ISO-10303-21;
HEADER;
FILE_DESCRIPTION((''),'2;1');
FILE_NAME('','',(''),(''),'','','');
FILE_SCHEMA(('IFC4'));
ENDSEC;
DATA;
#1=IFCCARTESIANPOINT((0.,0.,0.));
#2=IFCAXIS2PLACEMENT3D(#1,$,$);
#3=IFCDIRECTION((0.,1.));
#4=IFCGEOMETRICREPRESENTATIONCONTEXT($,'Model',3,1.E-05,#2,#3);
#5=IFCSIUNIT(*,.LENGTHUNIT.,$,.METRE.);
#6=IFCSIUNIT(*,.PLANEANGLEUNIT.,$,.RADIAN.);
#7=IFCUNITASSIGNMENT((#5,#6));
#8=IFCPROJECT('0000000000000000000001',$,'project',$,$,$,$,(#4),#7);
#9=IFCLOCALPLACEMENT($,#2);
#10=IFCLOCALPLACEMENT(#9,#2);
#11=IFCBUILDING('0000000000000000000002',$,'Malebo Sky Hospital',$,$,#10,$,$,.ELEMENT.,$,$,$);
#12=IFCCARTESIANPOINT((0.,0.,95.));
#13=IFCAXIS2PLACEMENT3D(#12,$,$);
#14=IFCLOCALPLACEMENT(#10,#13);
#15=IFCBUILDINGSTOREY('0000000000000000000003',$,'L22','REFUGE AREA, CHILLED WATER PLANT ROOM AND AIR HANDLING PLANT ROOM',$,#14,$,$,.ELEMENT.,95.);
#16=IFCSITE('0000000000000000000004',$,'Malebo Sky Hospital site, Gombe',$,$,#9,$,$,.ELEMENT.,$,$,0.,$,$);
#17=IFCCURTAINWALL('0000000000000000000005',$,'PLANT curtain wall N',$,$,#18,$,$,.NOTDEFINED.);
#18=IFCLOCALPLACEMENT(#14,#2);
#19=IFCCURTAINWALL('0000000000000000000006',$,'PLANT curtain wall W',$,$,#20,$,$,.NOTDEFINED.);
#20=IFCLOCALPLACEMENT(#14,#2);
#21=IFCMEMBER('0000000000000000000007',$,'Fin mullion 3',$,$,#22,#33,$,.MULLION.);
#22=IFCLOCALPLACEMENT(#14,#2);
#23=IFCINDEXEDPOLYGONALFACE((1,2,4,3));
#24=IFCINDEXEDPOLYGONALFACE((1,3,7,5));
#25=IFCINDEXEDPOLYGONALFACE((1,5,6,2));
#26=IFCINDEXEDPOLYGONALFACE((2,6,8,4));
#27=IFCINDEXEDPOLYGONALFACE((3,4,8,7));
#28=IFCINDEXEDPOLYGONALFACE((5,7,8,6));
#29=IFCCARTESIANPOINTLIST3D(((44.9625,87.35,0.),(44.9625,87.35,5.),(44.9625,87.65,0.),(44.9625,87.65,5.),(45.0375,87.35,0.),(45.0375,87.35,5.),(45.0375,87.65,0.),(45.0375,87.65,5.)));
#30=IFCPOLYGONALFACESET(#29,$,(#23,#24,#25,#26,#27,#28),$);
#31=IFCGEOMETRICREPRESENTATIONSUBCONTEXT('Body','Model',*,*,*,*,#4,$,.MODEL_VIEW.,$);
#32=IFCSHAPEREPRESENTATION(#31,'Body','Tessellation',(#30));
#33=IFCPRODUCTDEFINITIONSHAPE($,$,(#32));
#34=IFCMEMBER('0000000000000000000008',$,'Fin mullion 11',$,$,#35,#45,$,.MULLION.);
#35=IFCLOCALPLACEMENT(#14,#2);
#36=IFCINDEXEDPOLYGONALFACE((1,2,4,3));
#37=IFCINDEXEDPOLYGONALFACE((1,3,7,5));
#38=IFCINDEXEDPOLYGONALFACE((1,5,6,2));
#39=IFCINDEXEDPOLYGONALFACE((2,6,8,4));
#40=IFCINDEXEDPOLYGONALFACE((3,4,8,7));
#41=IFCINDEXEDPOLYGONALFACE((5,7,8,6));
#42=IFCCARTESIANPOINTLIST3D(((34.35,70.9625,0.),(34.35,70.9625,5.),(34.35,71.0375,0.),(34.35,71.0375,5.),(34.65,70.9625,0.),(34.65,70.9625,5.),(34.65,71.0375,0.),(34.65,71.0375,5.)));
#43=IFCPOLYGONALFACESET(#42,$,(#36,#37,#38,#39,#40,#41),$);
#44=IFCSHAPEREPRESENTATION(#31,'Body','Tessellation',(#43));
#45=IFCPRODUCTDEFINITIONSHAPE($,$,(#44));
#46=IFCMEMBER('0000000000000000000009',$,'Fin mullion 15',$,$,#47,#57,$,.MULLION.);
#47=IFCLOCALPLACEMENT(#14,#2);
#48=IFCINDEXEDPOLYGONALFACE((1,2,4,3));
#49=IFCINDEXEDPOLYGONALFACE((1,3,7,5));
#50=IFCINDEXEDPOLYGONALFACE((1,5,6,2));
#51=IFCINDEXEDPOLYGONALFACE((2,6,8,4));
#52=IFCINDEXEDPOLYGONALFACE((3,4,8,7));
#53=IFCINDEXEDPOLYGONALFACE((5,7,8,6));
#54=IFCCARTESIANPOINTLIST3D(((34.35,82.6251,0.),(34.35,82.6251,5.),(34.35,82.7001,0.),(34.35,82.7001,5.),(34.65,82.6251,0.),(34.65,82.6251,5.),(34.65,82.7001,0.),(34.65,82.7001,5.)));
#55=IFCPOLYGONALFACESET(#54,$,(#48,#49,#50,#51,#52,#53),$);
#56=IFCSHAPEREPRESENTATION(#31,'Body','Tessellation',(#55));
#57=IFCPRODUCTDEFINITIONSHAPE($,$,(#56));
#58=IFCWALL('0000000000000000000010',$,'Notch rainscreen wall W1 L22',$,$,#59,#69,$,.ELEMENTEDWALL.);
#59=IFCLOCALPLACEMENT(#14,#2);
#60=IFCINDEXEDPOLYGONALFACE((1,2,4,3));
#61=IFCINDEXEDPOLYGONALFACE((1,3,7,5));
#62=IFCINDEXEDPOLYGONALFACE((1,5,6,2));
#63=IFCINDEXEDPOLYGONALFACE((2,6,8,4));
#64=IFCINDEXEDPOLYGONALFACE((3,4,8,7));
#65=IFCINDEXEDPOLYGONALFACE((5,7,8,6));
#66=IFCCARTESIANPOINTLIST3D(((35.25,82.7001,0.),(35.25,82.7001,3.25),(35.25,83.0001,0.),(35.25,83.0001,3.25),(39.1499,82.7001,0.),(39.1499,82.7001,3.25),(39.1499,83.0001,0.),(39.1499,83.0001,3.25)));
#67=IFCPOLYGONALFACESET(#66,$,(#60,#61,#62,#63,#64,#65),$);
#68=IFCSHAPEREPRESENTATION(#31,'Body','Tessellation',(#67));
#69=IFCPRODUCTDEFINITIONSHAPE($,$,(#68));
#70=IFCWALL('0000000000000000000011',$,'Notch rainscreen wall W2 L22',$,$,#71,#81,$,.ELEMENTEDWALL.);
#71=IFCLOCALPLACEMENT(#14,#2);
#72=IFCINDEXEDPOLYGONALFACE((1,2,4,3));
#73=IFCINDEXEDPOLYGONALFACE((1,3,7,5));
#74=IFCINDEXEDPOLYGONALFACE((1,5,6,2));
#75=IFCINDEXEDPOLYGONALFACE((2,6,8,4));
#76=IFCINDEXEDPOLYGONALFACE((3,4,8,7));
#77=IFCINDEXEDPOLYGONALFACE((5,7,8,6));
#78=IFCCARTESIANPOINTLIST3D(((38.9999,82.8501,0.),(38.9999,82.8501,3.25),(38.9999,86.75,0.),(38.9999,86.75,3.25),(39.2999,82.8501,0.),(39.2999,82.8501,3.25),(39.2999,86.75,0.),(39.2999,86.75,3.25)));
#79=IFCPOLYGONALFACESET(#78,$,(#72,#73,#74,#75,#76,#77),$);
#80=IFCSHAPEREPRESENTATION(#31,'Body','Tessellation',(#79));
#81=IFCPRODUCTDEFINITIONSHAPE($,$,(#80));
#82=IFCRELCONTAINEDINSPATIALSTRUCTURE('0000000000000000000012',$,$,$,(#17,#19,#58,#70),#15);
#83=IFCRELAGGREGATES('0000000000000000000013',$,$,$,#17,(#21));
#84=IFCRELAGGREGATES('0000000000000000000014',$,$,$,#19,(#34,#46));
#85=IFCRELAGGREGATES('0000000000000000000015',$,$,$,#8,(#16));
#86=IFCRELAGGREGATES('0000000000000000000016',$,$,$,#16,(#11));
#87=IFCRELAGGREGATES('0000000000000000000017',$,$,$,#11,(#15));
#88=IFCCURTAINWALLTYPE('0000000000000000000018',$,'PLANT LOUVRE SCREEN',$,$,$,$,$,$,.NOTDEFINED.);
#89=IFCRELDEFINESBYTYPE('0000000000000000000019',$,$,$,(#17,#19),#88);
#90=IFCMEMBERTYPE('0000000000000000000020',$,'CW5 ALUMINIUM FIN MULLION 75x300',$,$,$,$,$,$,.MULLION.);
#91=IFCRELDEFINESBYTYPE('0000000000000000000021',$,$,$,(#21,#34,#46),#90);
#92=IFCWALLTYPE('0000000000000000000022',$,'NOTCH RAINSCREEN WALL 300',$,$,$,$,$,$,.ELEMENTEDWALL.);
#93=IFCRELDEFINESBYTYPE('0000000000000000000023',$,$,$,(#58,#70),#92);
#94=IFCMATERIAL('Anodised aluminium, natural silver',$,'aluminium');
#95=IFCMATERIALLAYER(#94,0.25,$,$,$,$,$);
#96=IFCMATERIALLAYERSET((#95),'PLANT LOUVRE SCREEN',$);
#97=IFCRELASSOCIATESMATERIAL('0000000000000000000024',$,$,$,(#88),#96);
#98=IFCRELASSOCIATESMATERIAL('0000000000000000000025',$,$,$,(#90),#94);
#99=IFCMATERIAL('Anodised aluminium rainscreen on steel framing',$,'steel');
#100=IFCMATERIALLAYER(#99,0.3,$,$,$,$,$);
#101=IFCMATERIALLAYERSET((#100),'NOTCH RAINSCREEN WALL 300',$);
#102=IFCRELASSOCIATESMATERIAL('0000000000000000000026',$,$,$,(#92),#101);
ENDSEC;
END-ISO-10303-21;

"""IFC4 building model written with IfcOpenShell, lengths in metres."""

from ifc_helpers import new_model, si_unit, direction, frame, frame_2d, origin, origin_2d, place, context, subcontext, project, spatial, rectangle, extrude, material, layer, layer_set, material_profile, profile_set, type_object, element, aggregate, save


model = new_model("IFC4")

# Units and contexts
model_context = context("Model", 3, precision=1e-05, world=origin(), true_north=direction((0.0, 1.0)))
body_context = subcontext(model_context, "Body", "Model", "MODEL_VIEW")
ifc_project = project(units=[si_unit("LENGTHUNIT", "METRE"), si_unit("PLANEANGLEUNIT", "RADIAN")], contexts=[model_context])

# Site, building, storey
site_placement = place(None, origin())
site = spatial("IfcSite", under=ifc_project, at=site_placement, Name="Malebo Sky Hospital site, Gombe", CompositionType="ELEMENT", RefElevation=0.0)
building_placement = place(site_placement, origin())
building = spatial("IfcBuilding", under=site, at=building_placement, Name="Malebo Sky Hospital", CompositionType="ELEMENT")
storey_placement = place(building_placement, frame((0.0, 0.0, 95.0)))
storey = spatial("IfcBuildingStorey", under=building, at=storey_placement, Name="L22", Description="REFUGE AREA, CHILLED WATER PLANT ROOM AND AIR HANDLING PLANT ROOM", CompositionType="ELEMENT", Elevation=95.0)

# Curtain walls
ifc_material_1 = material(Name="Anodised aluminium, natural silver", Category="aluminium")
ifc_layer_1 = layer(ifc_material_1, 0.25)
ifc_layer_set_1 = layer_set([ifc_layer_1], Name="PLANT LOUVRE SCREEN")
curtain_wall_type = type_object("IfcCurtainWallType", Name="PLANT LOUVRE SCREEN", PredefinedType="NOTDEFINED", material=ifc_layer_set_1)
curtain_wall_1_placement = place(storey_placement, origin())
curtain_wall_1 = element("IfcCurtainWall", 1, at=curtain_wall_1_placement, inside=storey, type_object=curtain_wall_type, Name="PLANT curtain wall N", PredefinedType="NOTDEFINED")
curtain_wall_2_placement = place(storey_placement, origin())
curtain_wall_2 = element("IfcCurtainWall", 2, at=curtain_wall_2_placement, inside=storey, type_object=curtain_wall_type, Name="PLANT curtain wall W", PredefinedType="NOTDEFINED")

# Members
ifc_material_profile_1 = material_profile(ifc_material_1, rectangle(XDim=0.075, YDim=0.3, at=origin_2d()), Name="CW5 ALUMINIUM FIN MULLION 75x300")
ifc_profile_set_1 = profile_set([ifc_material_profile_1], Name="Anodised aluminium, natural silver")
member_type_1 = type_object("IfcMemberType", Name="CW5 ALUMINIUM FIN MULLION 75x300", PredefinedType="MULLION", material=ifc_profile_set_1)
member_1_placement = place(storey_placement, frame((45.0, 87.5, 0.0), z_axis=(0.0, 0.0, 1.0), x_axis=(1.0, 0.0, 0.0)))
member_1 = element("IfcMember", 3, at=member_1_placement, type_object=member_type_1, Name="Fin mullion 3", PredefinedType="MULLION", context=body_context, shape_type="SweptSolid", body=[
    extrude(rectangle(XDim=0.075, YDim=0.3, at=origin_2d()), origin(), (0.0, 0.0, 1.0), 5.0),
])
aggregate(curtain_wall_1, [member_1])
member_2_placement = place(storey_placement, frame((34.5, 71.0, 0.0), z_axis=(0.0, 0.0, 1.0), x_axis=(0.0, 1.0, 0.0)))
member_2 = element("IfcMember", 4, at=member_2_placement, type_object=member_type_1, Name="Fin mullion 11", PredefinedType="MULLION", context=body_context, shape_type="SweptSolid", body=[
    extrude(rectangle(XDim=0.075, YDim=0.3, at=origin_2d()), origin(), (0.0, 0.0, 1.0), 5.0),
])
member_3_placement = place(storey_placement, frame((34.5, 82.6626, 0.0), z_axis=(0.0, 0.0, 1.0), x_axis=(0.0, 1.0, 0.0)))
member_3 = element("IfcMember", 5, at=member_3_placement, type_object=member_type_1, Name="Fin mullion 15", PredefinedType="MULLION", context=body_context, shape_type="SweptSolid", body=[
    extrude(rectangle(XDim=0.075, YDim=0.3, at=origin_2d()), origin(), (0.0, 0.0, 1.0), 5.0),
])
aggregate(curtain_wall_2, [member_2, member_3])

# Walls
ifc_material_2 = material(Name="Anodised aluminium rainscreen on steel framing", Category="steel")
ifc_layer_2 = layer(ifc_material_2, 0.3)
ifc_layer_set_2 = layer_set([ifc_layer_2], Name="NOTCH RAINSCREEN WALL 300")
wall_type = type_object("IfcWallType", Name="NOTCH RAINSCREEN WALL 300", PredefinedType="ELEMENTEDWALL", material=ifc_layer_set_2)
for number, where, z_axis, x_axis, name in (
    (6, (35.25, 82.8501, 0.0), (0.0, 0.0, 1.0), (1.0, 0.0, 0.0), "Notch rainscreen wall W1 L22"),
    (7, (39.1499, 82.8501, 0.0), (0.0, 0.0, 1.0), (0.0, 1.0, 0.0), "Notch rainscreen wall W2 L22"),
):
    element("IfcWall", number, at=place(storey_placement, frame(where, z_axis=z_axis, x_axis=x_axis)), inside=storey, type_object=wall_type, Name=name, PredefinedType="ELEMENTEDWALL", context=body_context, shape_type="SweptSolid", body=[
        extrude(rectangle(XDim=3.8999, YDim=0.3, at=frame_2d((1.95, 0.0))), origin(), (0.0, 0.0, 1.0), 3.25),
    ])

save(model, "model.ifc")
